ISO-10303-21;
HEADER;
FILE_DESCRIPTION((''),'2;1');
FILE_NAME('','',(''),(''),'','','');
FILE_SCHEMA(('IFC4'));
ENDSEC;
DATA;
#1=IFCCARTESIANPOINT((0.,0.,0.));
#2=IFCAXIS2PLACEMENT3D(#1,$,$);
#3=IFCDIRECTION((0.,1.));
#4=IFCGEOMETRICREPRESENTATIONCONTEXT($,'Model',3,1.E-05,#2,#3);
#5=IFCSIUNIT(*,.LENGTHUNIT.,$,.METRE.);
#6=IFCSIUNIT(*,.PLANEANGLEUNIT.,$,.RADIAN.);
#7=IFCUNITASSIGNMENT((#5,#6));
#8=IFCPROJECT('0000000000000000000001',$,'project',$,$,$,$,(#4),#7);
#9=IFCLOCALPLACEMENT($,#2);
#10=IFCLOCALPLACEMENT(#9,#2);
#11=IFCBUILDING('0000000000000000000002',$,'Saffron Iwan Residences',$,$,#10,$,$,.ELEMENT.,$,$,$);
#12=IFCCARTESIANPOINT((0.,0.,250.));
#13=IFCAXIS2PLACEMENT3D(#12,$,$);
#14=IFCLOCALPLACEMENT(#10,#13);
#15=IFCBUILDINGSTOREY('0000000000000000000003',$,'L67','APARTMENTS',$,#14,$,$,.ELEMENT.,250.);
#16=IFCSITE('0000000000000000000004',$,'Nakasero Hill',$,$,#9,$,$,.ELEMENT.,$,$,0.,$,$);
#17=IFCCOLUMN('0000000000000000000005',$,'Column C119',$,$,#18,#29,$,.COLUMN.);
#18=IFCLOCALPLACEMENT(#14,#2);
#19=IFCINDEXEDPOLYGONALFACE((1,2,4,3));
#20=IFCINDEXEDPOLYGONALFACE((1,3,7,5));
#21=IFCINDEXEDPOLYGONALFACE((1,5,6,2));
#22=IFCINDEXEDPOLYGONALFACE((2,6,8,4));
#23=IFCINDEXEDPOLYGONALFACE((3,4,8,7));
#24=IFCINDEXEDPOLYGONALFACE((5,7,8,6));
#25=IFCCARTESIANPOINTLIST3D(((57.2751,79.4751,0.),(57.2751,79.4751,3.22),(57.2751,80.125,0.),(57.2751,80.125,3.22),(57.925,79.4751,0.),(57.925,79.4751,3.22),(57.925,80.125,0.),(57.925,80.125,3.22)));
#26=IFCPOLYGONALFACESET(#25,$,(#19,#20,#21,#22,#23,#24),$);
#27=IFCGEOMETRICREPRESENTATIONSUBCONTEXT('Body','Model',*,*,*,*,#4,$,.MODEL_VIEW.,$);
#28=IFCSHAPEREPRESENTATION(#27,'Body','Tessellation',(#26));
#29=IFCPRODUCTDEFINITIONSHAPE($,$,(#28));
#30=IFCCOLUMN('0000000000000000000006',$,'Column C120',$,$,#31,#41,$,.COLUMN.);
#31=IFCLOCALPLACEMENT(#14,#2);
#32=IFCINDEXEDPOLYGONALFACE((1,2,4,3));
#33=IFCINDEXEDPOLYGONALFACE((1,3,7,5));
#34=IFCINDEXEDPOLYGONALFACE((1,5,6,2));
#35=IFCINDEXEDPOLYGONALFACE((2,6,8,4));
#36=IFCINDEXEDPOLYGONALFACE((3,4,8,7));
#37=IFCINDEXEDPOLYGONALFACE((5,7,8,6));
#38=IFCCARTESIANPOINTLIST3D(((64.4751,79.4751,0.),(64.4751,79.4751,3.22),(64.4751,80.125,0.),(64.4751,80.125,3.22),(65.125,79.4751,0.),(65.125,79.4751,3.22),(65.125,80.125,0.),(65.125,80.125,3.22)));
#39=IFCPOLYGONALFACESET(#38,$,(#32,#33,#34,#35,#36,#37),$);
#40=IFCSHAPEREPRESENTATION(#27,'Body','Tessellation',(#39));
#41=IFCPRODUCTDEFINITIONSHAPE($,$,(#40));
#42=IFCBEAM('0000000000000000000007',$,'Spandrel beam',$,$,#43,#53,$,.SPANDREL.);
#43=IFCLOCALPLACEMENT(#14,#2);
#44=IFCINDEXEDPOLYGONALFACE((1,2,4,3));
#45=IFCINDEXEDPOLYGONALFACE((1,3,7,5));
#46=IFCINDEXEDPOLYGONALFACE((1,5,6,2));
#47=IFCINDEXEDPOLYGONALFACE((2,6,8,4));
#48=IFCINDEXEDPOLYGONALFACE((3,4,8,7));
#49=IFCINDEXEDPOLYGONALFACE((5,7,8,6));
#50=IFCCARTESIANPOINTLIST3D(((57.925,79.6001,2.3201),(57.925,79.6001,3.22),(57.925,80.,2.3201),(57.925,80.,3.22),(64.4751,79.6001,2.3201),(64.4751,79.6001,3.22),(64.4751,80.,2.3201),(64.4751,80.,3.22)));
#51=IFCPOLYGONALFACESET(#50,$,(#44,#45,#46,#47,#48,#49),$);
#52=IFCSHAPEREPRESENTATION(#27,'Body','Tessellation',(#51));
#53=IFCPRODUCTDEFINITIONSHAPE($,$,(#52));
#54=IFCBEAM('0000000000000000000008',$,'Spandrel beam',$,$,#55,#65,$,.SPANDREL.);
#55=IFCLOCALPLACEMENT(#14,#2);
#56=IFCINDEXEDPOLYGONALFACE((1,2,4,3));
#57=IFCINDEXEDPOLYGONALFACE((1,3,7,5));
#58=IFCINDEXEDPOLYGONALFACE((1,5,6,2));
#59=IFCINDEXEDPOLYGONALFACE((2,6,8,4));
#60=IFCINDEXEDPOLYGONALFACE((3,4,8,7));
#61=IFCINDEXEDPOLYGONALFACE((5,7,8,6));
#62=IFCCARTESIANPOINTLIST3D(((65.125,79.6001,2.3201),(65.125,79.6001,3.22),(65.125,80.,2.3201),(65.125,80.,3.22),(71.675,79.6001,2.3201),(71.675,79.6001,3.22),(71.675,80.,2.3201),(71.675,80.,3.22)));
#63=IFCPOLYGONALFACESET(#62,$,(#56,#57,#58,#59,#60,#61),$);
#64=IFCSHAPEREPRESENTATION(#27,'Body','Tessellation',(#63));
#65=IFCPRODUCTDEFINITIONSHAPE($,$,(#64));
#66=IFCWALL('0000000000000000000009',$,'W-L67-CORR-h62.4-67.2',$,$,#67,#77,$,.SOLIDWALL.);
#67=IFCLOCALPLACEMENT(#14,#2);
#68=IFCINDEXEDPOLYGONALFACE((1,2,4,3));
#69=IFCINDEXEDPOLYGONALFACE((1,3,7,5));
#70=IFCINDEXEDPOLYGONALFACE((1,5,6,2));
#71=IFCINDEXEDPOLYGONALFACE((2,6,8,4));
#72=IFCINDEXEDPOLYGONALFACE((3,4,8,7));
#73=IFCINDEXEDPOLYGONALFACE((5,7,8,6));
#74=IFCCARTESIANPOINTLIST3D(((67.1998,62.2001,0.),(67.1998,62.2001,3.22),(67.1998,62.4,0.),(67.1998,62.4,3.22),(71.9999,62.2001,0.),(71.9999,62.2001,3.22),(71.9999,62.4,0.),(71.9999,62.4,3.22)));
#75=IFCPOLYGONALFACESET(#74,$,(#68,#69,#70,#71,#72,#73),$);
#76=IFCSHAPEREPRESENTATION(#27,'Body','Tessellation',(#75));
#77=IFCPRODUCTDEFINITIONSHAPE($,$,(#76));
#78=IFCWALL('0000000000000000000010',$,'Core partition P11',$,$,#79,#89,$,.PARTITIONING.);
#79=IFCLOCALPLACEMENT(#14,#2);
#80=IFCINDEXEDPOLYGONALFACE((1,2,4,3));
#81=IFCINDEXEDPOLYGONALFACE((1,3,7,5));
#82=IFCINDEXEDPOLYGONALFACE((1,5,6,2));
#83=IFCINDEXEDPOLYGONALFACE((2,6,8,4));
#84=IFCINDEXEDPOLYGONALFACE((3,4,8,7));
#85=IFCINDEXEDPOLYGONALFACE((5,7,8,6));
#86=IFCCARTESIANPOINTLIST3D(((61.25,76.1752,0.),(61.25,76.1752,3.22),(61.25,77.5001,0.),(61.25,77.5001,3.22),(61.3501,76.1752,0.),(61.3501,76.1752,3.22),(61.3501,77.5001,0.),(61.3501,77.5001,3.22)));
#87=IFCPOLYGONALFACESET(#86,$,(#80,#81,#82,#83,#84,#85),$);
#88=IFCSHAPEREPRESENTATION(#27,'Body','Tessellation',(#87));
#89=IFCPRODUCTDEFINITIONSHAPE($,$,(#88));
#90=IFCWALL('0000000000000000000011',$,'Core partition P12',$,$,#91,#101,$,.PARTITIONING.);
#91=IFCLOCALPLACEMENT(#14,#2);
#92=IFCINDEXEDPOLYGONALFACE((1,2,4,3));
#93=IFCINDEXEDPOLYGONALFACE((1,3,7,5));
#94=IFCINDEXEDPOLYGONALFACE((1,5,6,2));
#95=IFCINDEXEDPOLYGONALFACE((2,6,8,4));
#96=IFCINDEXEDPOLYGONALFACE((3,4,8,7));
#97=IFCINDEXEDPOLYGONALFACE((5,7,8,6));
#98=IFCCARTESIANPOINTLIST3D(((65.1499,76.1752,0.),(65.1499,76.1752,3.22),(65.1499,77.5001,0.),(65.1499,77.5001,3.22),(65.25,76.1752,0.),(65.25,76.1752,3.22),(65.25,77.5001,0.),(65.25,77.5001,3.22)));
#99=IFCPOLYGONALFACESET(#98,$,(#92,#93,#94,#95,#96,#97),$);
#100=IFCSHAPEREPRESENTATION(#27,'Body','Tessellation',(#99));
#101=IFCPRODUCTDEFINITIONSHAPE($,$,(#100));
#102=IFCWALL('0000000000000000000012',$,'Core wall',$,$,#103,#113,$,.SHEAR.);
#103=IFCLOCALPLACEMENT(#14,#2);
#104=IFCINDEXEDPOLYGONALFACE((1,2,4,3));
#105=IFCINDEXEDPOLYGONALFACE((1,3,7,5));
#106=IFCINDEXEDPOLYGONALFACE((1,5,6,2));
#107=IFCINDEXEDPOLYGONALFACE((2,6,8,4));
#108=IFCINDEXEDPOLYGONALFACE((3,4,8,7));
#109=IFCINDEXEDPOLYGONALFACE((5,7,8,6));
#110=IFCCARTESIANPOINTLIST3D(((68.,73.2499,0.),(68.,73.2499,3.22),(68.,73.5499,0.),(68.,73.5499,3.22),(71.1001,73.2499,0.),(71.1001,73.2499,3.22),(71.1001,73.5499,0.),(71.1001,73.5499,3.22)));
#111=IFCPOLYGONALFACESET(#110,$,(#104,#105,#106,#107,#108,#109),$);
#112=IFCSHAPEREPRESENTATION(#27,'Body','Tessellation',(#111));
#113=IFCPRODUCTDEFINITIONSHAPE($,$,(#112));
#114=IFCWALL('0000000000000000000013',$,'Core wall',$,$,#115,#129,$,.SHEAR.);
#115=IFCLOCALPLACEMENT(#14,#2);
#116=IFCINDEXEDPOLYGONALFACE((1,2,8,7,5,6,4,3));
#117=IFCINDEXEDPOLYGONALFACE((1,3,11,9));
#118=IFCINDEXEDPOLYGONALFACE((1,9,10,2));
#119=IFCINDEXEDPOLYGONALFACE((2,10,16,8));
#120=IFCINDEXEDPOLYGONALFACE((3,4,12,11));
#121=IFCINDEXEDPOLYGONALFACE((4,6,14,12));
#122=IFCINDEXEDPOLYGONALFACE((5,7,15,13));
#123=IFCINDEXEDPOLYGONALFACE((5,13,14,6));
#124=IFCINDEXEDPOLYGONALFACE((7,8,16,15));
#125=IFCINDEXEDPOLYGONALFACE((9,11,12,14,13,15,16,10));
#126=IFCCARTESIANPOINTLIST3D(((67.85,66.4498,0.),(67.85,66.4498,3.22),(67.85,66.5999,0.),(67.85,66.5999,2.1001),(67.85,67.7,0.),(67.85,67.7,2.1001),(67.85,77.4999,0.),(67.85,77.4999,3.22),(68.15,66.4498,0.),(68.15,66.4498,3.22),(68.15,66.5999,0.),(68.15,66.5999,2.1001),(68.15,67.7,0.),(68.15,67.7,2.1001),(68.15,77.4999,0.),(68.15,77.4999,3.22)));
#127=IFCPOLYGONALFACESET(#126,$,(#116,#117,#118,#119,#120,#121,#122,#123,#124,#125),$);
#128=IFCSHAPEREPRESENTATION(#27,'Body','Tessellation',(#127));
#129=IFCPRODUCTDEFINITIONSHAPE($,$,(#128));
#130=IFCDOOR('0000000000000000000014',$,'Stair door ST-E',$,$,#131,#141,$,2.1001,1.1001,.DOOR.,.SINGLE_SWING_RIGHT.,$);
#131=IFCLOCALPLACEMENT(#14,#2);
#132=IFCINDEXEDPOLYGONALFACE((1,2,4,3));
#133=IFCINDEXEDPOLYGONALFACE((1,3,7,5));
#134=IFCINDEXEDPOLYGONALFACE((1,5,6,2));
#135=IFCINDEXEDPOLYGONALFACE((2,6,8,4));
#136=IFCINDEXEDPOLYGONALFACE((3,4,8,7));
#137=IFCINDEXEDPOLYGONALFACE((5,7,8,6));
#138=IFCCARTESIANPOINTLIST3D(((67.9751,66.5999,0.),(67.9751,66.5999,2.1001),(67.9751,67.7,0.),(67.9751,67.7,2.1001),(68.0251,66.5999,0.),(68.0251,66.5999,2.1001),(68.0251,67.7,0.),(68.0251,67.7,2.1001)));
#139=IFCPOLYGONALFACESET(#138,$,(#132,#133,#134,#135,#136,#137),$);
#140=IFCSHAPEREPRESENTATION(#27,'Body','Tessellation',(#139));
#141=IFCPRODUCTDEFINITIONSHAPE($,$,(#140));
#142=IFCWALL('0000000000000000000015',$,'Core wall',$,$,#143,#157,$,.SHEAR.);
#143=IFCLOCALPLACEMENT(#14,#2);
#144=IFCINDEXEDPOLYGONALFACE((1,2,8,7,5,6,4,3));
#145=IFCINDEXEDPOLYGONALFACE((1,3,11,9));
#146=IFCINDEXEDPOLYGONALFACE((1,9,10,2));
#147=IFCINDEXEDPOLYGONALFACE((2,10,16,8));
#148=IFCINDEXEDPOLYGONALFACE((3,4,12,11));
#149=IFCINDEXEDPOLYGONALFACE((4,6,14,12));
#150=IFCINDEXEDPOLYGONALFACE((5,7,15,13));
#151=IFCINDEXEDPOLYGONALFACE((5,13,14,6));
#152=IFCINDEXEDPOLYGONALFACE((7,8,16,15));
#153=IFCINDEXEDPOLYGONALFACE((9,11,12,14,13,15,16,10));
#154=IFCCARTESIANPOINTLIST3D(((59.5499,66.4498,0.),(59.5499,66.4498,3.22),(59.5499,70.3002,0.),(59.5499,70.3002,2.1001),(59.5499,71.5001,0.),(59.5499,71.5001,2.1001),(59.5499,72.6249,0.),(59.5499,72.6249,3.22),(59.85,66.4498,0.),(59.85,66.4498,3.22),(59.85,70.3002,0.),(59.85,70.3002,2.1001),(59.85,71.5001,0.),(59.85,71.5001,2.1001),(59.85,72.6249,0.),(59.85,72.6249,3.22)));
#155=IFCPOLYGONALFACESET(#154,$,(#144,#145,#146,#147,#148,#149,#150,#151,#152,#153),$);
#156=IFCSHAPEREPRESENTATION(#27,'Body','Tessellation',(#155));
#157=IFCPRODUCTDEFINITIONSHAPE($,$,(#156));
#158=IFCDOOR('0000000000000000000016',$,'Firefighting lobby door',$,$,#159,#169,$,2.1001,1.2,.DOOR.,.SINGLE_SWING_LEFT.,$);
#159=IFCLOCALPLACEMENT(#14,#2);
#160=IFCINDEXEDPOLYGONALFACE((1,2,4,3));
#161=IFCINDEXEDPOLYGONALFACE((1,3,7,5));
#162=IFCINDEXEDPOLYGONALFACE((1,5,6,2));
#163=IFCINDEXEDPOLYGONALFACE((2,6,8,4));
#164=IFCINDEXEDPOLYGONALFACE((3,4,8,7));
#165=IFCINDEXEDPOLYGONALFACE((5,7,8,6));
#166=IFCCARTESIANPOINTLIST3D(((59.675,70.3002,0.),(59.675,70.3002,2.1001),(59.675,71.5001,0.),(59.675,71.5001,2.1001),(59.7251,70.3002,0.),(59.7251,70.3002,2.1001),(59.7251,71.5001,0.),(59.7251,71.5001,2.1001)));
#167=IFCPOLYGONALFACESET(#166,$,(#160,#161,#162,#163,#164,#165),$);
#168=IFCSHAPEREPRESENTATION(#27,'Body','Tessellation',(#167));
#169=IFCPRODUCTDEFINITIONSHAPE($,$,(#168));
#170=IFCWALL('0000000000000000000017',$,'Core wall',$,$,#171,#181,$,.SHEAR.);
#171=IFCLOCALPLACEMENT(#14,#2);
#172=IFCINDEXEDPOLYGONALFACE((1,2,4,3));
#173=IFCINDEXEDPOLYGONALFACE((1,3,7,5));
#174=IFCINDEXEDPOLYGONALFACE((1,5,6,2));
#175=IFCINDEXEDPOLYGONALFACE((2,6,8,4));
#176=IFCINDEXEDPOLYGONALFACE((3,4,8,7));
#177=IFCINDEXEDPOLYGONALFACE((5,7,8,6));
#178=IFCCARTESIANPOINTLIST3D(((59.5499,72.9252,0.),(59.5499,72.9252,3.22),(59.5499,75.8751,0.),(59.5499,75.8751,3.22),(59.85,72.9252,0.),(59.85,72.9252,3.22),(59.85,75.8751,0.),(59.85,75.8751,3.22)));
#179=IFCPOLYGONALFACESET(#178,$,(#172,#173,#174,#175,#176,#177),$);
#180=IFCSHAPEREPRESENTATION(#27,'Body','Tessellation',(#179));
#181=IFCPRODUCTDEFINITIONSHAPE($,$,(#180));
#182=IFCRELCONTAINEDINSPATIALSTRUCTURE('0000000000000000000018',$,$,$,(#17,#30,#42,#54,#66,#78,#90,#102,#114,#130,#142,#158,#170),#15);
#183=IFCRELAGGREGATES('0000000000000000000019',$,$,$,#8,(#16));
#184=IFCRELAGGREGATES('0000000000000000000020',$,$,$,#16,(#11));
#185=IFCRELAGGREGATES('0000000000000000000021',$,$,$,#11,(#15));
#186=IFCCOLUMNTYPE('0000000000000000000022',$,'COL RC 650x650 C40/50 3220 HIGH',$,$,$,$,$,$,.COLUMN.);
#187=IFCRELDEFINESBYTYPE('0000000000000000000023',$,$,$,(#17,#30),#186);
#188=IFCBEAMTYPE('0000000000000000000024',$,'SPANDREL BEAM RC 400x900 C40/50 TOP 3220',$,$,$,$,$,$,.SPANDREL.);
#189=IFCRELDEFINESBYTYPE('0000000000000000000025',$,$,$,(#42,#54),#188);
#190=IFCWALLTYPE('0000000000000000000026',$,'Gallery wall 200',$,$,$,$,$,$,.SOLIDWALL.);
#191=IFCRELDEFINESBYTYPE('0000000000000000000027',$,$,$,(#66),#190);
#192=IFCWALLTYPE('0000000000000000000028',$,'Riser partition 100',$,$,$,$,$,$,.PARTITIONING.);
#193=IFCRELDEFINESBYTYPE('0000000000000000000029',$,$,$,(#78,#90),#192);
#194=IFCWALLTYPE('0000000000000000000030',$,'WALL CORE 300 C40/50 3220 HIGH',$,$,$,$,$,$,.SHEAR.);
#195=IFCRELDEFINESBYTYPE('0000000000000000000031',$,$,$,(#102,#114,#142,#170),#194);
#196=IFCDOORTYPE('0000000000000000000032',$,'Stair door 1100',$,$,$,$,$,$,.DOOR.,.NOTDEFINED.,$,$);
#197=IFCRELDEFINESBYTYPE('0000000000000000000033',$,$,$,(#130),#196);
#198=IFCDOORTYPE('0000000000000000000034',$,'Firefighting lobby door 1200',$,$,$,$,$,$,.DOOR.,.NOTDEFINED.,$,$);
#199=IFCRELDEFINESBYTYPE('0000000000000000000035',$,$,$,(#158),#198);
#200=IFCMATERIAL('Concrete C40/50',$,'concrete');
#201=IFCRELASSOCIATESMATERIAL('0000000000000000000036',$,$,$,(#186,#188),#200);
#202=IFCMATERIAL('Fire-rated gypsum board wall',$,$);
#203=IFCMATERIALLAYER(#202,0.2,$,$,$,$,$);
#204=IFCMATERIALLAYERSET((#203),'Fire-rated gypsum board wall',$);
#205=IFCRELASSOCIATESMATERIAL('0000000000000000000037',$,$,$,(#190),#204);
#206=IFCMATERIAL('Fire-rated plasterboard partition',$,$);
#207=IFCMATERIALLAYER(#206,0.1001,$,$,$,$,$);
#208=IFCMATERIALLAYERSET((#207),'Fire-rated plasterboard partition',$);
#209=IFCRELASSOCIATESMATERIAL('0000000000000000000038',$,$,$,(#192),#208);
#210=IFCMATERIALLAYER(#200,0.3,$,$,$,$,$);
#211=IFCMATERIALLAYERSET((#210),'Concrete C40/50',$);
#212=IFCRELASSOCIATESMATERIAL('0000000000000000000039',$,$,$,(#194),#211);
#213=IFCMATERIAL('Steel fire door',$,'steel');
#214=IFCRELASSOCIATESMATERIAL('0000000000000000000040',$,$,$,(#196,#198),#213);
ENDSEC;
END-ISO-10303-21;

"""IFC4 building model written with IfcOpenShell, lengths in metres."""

from ifc_helpers import new_model, si_unit, direction, frame, frame_2d, origin, origin_2d, place, context, subcontext, project, spatial, rectangle, extrude, source, transform, mapped, material, layer, layer_set, material_profile, profile_set, type_object, element, fill, save


model = new_model("IFC4")

# Units and contexts
model_context = context("Model", 3, precision=1e-05, world=origin(), true_north=direction((0.0, 1.0)))
body_context = subcontext(model_context, "Body", "Model", "MODEL_VIEW")
ifc_project = project(units=[si_unit("LENGTHUNIT", "METRE"), si_unit("PLANEANGLEUNIT", "RADIAN")], contexts=[model_context])

# Site, building, storey
site_placement = place(None, origin())
site = spatial("IfcSite", under=ifc_project, at=site_placement, Name="Nakasero Hill", CompositionType="ELEMENT", RefElevation=0.0)
building_placement = place(site_placement, origin())
building = spatial("IfcBuilding", under=site, at=building_placement, Name="Saffron Iwan Residences", CompositionType="ELEMENT")
storey_placement = place(building_placement, frame((0.0, 0.0, 250.0)))
storey = spatial("IfcBuildingStorey", under=building, at=storey_placement, Name="L67", Description="APARTMENTS", CompositionType="ELEMENT", Elevation=250.0)

# Columns
ifc_material_1 = material(Name="Concrete C40/50", Category="concrete")
ifc_material_profile_1 = material_profile(ifc_material_1, rectangle(XDim=0.6499, YDim=0.6499, at=origin_2d()), Name="RC 650x650")
ifc_profile_set_1 = profile_set([ifc_material_profile_1], Name="Concrete C40/50")
column_type = type_object("IfcColumnType", Name="COL RC 650x650 C40/50 3220 HIGH", PredefinedType="COLUMN", material=ifc_profile_set_1)
shared_shape_1 = source(origin(), body_context, "Body", "SweptSolid", [
    extrude(rectangle(XDim=0.6499, YDim=0.6499, at=origin_2d()), origin(), (0.0, 0.0, 1.0), 3.22),
])
for number, where, z_axis, x_axis, name in (
    (1, (57.6001, 79.8, 0.0), (0.0, 0.0, 1.0), (1.0, 0.0, 0.0), "Column C119"),
    (2, (64.8, 79.8, 0.0), (0.0, 0.0, 1.0), (1.0, 0.0, 0.0), "Column C120"),
):
    element("IfcColumn", number, at=place(storey_placement, frame(where, z_axis=z_axis, x_axis=x_axis)), inside=storey, type_object=column_type, Name=name, PredefinedType="COLUMN", context=body_context, shape_type="MappedRepresentation", body=[
        mapped(shared_shape_1, transform((0.0, 0.0, 0.0))),
    ])

# Beams
ifc_material_profile_2 = material_profile(ifc_material_1, rectangle(XDim=0.3999, YDim=0.8999, at=origin_2d()), Name="RC 400x900")
ifc_profile_set_2 = profile_set([ifc_material_profile_2], Name="Concrete C40/50")
beam_type = type_object("IfcBeamType", Name="SPANDREL BEAM RC 400x900 C40/50 TOP 3220", PredefinedType="SPANDREL", material=ifc_profile_set_2)
shared_shape_2 = source(origin(), body_context, "Body", "SweptSolid", [
    extrude(rectangle(XDim=0.3999, YDim=0.8999, at=origin_2d()), origin(), (0.0, 0.0, 1.0), 6.55),
])
for number, where, z_axis, x_axis, name in (
    (3, (57.925, 79.8, 2.77), (1.0, 0.0, 0.0), (0.0, 1.0, 0.0), "Spandrel beam"),
    (4, (65.125, 79.8, 2.77), (1.0, 0.0, 0.0), (0.0, 1.0, 0.0), "Spandrel beam"),
):
    element("IfcBeam", number, at=place(storey_placement, frame(where, z_axis=z_axis, x_axis=x_axis)), inside=storey, type_object=beam_type, Name=name, PredefinedType="SPANDREL", context=body_context, shape_type="MappedRepresentation", body=[
        mapped(shared_shape_2, transform((0.0, 0.0, 0.0))),
    ])

# Walls
ifc_material_2 = material(Name="Fire-rated gypsum board wall")
ifc_layer_1 = layer(ifc_material_2, 0.2)
ifc_layer_set_1 = layer_set([ifc_layer_1], Name="Fire-rated gypsum board wall")
wall_type_1 = type_object("IfcWallType", Name="Gallery wall 200", PredefinedType="SOLIDWALL", material=ifc_layer_set_1)
wall_1_placement = place(storey_placement, frame((67.2, 62.3, 0.0), z_axis=(0.0, 0.0, 1.0), x_axis=(1.0, 0.0, 0.0)))
element("IfcWall", 5, at=wall_1_placement, inside=storey, type_object=wall_type_1, Name="W-L67-CORR-h62.4-67.2", PredefinedType="SOLIDWALL", context=body_context, shape_type="SweptSolid", body=[
    extrude(rectangle(XDim=4.8, YDim=0.2, at=frame_2d((2.3999, 0.0))), origin(), (0.0, 0.0, 1.0), 3.22),
])
ifc_material_3 = material(Name="Fire-rated plasterboard partition")
ifc_layer_2 = layer(ifc_material_3, 0.1001)
ifc_layer_set_2 = layer_set([ifc_layer_2], Name="Fire-rated plasterboard partition")
wall_type_2 = type_object("IfcWallType", Name="Riser partition 100", PredefinedType="PARTITIONING", material=ifc_layer_set_2)
for number, where, z_axis, x_axis, name in (
    (6, (61.3, 76.175, 0.0), (0.0, 0.0, 1.0), (0.0, 1.0, 0.0), "Core partition P11"),
    (7, (65.2, 76.175, 0.0), (0.0, 0.0, 1.0), (0.0, 1.0, 0.0), "Core partition P12"),
):
    element("IfcWall", number, at=place(storey_placement, frame(where, z_axis=z_axis, x_axis=x_axis)), inside=storey, type_object=wall_type_2, Name=name, PredefinedType="PARTITIONING", context=body_context, shape_type="SweptSolid", body=[
        extrude(rectangle(XDim=1.325, YDim=0.1001, at=frame_2d((0.6626, 0.0))), origin(), (0.0, 0.0, 1.0), 3.22),
    ])
ifc_layer_3 = layer(ifc_material_1, 0.3)
ifc_layer_set_3 = layer_set([ifc_layer_3], Name="Concrete C40/50")
wall_type_3 = type_object("IfcWallType", Name="WALL CORE 300 C40/50 3220 HIGH", PredefinedType="SHEAR", material=ifc_layer_set_3)
wall_2_placement = place(storey_placement, frame((68.0, 73.3999, 0.0), z_axis=(0.0, 0.0, 1.0), x_axis=(1.0, 0.0, 0.0)))
element("IfcWall", 8, at=wall_2_placement, inside=storey, type_object=wall_type_3, Name="Core wall", PredefinedType="SHEAR", context=body_context, shape_type="SweptSolid", body=[
    extrude(rectangle(XDim=3.1001, YDim=0.3, at=frame_2d((1.55, 0.0))), origin(), (0.0, 0.0, 1.0), 3.22),
])

# Walls, openings, doors
wall_3_placement = place(storey_placement, frame((68.0, 66.45, 0.0), z_axis=(0.0, 0.0, 1.0), x_axis=(0.0, 1.0, 0.0)))
wall_3 = element("IfcWall", 9, at=wall_3_placement, inside=storey, type_object=wall_type_3, Name="Core wall", PredefinedType="SHEAR", context=body_context, shape_type="SweptSolid", body=[
    extrude(rectangle(XDim=11.05, YDim=0.3, at=frame_2d((5.5249, 0.0))), origin(), (0.0, 0.0, 1.0), 3.22),
])
opening_1_placement = place(wall_3_placement, frame((0.1499, 0.0, 0.0)))
opening_1 = element("IfcOpeningElement", 10, at=opening_1_placement, cuts=wall_3, PredefinedType="OPENING", context=body_context, shape_type="SweptSolid", body=[
    extrude(rectangle(XDim=1.1001, YDim=2.1001, at=frame_2d((0.55, 1.05))), frame((0.0, 0.1602, 0.0), z_axis=(0.0, -1.0, 0.0), x_axis=(1.0, 0.0, 0.0)), (0.0, 0.0, 1.0), 0.3201),
])
ifc_material_4 = material(Name="Steel fire door", Category="steel")
door_type_1 = type_object("IfcDoorType", Name="Stair door 1100", OperationType="NOTDEFINED", PredefinedType="DOOR", material=ifc_material_4)
door_1_placement = place(opening_1_placement, origin())
door_1 = element("IfcDoor", 11, at=door_1_placement, inside=storey, type_object=door_type_1, Name="Stair door ST-E", OperationType="SINGLE_SWING_RIGHT", OverallHeight=2.1001, OverallWidth=1.1001, PredefinedType="DOOR", context=body_context, shape_type="SweptSolid", body=[
    extrude(rectangle(XDim=1.1001, YDim=2.1001, at=frame_2d((0.55, 1.05))), frame((0.0, 0.0249, 0.0), z_axis=(0.0, -1.0, 0.0), x_axis=(1.0, 0.0, 0.0)), (0.0, 0.0, 1.0), 0.05),
])
fill(opening_1, door_1)
wall_4_placement = place(storey_placement, frame((59.7, 66.45, 0.0), z_axis=(0.0, 0.0, 1.0), x_axis=(0.0, 1.0, 0.0)))
wall_4 = element("IfcWall", 12, at=wall_4_placement, inside=storey, type_object=wall_type_3, Name="Core wall", PredefinedType="SHEAR", context=body_context, shape_type="SweptSolid", body=[
    extrude(rectangle(XDim=6.175, YDim=0.3, at=frame_2d((3.0874, 0.0))), origin(), (0.0, 0.0, 1.0), 3.22),
])
opening_2_placement = place(wall_4_placement, frame((3.8501, 0.0, 0.0)))
opening_2 = element("IfcOpeningElement", 13, at=opening_2_placement, cuts=wall_4, PredefinedType="OPENING", context=body_context, shape_type="SweptSolid", body=[
    extrude(rectangle(XDim=1.2, YDim=2.1001, at=frame_2d((0.6001, 1.05))), frame((0.0, 0.1602, 0.0), z_axis=(0.0, -1.0, 0.0), x_axis=(1.0, 0.0, 0.0)), (0.0, 0.0, 1.0), 0.3201),
])
door_type_2 = type_object("IfcDoorType", Name="Firefighting lobby door 1200", OperationType="NOTDEFINED", PredefinedType="DOOR", material=ifc_material_4)
door_2_placement = place(opening_2_placement, origin())
door_2 = element("IfcDoor", 14, at=door_2_placement, inside=storey, type_object=door_type_2, Name="Firefighting lobby door", OperationType="SINGLE_SWING_LEFT", OverallHeight=2.1001, OverallWidth=1.2, PredefinedType="DOOR", context=body_context, shape_type="SweptSolid", body=[
    extrude(rectangle(XDim=1.2, YDim=2.1001, at=frame_2d((0.6001, 1.05))), frame((0.0, 0.0249, 0.0), z_axis=(0.0, -1.0, 0.0), x_axis=(1.0, 0.0, 0.0)), (0.0, 0.0, 1.0), 0.05),
])
fill(opening_2, door_2)

# Wall
wall_5_placement = place(storey_placement, frame((59.7, 72.925, 0.0), z_axis=(0.0, 0.0, 1.0), x_axis=(0.0, 1.0, 0.0)))
element("IfcWall", 15, at=wall_5_placement, inside=storey, type_object=wall_type_3, Name="Core wall", PredefinedType="SHEAR", context=body_context, shape_type="SweptSolid", body=[
    extrude(rectangle(XDim=2.95, YDim=0.3, at=frame_2d((1.4751, 0.0))), origin(), (0.0, 0.0, 1.0), 3.22),
])

save(model, "model.ifc")
